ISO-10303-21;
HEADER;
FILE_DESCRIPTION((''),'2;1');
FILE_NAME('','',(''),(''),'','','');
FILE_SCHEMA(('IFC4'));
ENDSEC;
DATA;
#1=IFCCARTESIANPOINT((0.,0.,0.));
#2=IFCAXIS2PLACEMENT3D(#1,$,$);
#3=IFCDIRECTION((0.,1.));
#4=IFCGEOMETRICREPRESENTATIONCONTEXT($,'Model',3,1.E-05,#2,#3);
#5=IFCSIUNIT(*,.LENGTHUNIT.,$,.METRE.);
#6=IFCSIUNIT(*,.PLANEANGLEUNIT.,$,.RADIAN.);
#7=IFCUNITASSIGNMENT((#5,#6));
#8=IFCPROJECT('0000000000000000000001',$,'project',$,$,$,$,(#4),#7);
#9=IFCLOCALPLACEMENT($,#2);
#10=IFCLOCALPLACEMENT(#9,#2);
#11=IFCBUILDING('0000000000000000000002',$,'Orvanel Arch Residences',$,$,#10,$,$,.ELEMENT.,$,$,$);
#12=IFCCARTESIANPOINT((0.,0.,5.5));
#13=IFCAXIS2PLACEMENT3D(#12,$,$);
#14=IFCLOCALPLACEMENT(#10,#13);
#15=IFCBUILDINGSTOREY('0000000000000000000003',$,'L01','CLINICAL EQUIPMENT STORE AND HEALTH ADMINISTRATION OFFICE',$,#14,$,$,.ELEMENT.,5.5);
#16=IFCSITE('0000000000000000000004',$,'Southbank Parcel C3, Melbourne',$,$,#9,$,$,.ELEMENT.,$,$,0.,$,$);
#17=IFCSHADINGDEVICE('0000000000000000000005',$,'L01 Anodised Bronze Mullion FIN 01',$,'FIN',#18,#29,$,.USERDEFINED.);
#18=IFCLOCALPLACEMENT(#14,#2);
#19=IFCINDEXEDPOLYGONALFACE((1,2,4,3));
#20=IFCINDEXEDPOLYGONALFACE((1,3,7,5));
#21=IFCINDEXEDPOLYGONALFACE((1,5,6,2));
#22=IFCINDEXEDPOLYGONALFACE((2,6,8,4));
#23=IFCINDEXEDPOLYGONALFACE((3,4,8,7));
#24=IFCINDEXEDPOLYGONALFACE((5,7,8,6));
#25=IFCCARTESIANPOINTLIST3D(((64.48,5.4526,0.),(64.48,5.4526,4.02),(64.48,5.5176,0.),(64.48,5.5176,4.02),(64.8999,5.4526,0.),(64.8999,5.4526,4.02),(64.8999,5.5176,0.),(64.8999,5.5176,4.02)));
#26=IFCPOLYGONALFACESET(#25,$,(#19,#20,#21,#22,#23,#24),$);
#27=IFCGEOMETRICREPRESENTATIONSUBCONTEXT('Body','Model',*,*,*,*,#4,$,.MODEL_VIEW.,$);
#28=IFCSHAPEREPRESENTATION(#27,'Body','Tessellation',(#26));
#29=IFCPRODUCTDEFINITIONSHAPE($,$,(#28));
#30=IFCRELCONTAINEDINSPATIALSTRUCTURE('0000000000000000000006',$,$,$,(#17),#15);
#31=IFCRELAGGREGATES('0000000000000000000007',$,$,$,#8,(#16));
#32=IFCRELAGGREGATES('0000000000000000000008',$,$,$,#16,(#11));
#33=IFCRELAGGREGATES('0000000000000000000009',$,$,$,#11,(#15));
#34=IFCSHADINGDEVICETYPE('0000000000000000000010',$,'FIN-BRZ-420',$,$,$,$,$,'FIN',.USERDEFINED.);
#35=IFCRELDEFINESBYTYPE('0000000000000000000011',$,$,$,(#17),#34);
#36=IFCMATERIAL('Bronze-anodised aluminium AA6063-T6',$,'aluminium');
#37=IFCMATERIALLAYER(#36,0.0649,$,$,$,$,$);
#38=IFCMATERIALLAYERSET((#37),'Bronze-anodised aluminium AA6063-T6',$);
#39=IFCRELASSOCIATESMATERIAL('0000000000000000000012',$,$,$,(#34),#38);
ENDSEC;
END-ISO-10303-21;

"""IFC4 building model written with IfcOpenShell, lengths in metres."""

from ifc_helpers import new_model, si_unit, direction, frame, origin, origin_2d, place, context, subcontext, project, spatial, rectangle, extrude, material, layer, layer_set, type_object, element, save


model = new_model("IFC4")

# Units and contexts
model_context = context("Model", 3, precision=1e-05, world=origin(), true_north=direction((0.0, 1.0)))
body_context = subcontext(model_context, "Body", "Model", "MODEL_VIEW")
ifc_project = project(units=[si_unit("LENGTHUNIT", "METRE"), si_unit("PLANEANGLEUNIT", "RADIAN")], contexts=[model_context])

# Site, building, storey
site_placement = place(None, origin())
site = spatial("IfcSite", under=ifc_project, at=site_placement, Name="Southbank Parcel C3, Melbourne", CompositionType="ELEMENT", RefElevation=0.0)
building_placement = place(site_placement, origin())
building = spatial("IfcBuilding", under=site, at=building_placement, Name="Orvanel Arch Residences", CompositionType="ELEMENT")
storey_placement = place(building_placement, frame((0.0, 0.0, 5.5)))
storey = spatial("IfcBuildingStorey", under=building, at=storey_placement, Name="L01", Description="CLINICAL EQUIPMENT STORE AND HEALTH ADMINISTRATION OFFICE", CompositionType="ELEMENT", Elevation=5.5)

# Shared definitions
ifc_material_1 = material(Name="Bronze-anodised aluminium AA6063-T6", Category="aluminium")

# Shading device
ifc_layer_1 = layer(ifc_material_1, 0.0649)
ifc_layer_set_1 = layer_set([ifc_layer_1], Name="Bronze-anodised aluminium AA6063-T6")
shading_device_type = type_object("IfcShadingDeviceType", Name="FIN-BRZ-420", ElementType="FIN", PredefinedType="USERDEFINED", material=ifc_layer_set_1)
for number, where, z_axis, x_axis, name in (
    (1, (64.6899, 5.4851, 0.0), (0.0, 0.0, 1.0), (1.0, 0.0, 0.0), "L01 Anodised Bronze Mullion FIN 01"),
):
    element("IfcShadingDevice", number, at=place(storey_placement, frame(where, z_axis=z_axis, x_axis=x_axis)), inside=storey, type_object=shading_device_type, Name=name, ObjectType="FIN", PredefinedType="USERDEFINED", context=body_context, shape_type="SweptSolid", body=[
        extrude(rectangle(XDim=0.4199, YDim=0.0649, at=origin_2d()), origin(), (0.0, 0.0, 1.0), 4.02),
    ])

save(model, "model.ifc")
